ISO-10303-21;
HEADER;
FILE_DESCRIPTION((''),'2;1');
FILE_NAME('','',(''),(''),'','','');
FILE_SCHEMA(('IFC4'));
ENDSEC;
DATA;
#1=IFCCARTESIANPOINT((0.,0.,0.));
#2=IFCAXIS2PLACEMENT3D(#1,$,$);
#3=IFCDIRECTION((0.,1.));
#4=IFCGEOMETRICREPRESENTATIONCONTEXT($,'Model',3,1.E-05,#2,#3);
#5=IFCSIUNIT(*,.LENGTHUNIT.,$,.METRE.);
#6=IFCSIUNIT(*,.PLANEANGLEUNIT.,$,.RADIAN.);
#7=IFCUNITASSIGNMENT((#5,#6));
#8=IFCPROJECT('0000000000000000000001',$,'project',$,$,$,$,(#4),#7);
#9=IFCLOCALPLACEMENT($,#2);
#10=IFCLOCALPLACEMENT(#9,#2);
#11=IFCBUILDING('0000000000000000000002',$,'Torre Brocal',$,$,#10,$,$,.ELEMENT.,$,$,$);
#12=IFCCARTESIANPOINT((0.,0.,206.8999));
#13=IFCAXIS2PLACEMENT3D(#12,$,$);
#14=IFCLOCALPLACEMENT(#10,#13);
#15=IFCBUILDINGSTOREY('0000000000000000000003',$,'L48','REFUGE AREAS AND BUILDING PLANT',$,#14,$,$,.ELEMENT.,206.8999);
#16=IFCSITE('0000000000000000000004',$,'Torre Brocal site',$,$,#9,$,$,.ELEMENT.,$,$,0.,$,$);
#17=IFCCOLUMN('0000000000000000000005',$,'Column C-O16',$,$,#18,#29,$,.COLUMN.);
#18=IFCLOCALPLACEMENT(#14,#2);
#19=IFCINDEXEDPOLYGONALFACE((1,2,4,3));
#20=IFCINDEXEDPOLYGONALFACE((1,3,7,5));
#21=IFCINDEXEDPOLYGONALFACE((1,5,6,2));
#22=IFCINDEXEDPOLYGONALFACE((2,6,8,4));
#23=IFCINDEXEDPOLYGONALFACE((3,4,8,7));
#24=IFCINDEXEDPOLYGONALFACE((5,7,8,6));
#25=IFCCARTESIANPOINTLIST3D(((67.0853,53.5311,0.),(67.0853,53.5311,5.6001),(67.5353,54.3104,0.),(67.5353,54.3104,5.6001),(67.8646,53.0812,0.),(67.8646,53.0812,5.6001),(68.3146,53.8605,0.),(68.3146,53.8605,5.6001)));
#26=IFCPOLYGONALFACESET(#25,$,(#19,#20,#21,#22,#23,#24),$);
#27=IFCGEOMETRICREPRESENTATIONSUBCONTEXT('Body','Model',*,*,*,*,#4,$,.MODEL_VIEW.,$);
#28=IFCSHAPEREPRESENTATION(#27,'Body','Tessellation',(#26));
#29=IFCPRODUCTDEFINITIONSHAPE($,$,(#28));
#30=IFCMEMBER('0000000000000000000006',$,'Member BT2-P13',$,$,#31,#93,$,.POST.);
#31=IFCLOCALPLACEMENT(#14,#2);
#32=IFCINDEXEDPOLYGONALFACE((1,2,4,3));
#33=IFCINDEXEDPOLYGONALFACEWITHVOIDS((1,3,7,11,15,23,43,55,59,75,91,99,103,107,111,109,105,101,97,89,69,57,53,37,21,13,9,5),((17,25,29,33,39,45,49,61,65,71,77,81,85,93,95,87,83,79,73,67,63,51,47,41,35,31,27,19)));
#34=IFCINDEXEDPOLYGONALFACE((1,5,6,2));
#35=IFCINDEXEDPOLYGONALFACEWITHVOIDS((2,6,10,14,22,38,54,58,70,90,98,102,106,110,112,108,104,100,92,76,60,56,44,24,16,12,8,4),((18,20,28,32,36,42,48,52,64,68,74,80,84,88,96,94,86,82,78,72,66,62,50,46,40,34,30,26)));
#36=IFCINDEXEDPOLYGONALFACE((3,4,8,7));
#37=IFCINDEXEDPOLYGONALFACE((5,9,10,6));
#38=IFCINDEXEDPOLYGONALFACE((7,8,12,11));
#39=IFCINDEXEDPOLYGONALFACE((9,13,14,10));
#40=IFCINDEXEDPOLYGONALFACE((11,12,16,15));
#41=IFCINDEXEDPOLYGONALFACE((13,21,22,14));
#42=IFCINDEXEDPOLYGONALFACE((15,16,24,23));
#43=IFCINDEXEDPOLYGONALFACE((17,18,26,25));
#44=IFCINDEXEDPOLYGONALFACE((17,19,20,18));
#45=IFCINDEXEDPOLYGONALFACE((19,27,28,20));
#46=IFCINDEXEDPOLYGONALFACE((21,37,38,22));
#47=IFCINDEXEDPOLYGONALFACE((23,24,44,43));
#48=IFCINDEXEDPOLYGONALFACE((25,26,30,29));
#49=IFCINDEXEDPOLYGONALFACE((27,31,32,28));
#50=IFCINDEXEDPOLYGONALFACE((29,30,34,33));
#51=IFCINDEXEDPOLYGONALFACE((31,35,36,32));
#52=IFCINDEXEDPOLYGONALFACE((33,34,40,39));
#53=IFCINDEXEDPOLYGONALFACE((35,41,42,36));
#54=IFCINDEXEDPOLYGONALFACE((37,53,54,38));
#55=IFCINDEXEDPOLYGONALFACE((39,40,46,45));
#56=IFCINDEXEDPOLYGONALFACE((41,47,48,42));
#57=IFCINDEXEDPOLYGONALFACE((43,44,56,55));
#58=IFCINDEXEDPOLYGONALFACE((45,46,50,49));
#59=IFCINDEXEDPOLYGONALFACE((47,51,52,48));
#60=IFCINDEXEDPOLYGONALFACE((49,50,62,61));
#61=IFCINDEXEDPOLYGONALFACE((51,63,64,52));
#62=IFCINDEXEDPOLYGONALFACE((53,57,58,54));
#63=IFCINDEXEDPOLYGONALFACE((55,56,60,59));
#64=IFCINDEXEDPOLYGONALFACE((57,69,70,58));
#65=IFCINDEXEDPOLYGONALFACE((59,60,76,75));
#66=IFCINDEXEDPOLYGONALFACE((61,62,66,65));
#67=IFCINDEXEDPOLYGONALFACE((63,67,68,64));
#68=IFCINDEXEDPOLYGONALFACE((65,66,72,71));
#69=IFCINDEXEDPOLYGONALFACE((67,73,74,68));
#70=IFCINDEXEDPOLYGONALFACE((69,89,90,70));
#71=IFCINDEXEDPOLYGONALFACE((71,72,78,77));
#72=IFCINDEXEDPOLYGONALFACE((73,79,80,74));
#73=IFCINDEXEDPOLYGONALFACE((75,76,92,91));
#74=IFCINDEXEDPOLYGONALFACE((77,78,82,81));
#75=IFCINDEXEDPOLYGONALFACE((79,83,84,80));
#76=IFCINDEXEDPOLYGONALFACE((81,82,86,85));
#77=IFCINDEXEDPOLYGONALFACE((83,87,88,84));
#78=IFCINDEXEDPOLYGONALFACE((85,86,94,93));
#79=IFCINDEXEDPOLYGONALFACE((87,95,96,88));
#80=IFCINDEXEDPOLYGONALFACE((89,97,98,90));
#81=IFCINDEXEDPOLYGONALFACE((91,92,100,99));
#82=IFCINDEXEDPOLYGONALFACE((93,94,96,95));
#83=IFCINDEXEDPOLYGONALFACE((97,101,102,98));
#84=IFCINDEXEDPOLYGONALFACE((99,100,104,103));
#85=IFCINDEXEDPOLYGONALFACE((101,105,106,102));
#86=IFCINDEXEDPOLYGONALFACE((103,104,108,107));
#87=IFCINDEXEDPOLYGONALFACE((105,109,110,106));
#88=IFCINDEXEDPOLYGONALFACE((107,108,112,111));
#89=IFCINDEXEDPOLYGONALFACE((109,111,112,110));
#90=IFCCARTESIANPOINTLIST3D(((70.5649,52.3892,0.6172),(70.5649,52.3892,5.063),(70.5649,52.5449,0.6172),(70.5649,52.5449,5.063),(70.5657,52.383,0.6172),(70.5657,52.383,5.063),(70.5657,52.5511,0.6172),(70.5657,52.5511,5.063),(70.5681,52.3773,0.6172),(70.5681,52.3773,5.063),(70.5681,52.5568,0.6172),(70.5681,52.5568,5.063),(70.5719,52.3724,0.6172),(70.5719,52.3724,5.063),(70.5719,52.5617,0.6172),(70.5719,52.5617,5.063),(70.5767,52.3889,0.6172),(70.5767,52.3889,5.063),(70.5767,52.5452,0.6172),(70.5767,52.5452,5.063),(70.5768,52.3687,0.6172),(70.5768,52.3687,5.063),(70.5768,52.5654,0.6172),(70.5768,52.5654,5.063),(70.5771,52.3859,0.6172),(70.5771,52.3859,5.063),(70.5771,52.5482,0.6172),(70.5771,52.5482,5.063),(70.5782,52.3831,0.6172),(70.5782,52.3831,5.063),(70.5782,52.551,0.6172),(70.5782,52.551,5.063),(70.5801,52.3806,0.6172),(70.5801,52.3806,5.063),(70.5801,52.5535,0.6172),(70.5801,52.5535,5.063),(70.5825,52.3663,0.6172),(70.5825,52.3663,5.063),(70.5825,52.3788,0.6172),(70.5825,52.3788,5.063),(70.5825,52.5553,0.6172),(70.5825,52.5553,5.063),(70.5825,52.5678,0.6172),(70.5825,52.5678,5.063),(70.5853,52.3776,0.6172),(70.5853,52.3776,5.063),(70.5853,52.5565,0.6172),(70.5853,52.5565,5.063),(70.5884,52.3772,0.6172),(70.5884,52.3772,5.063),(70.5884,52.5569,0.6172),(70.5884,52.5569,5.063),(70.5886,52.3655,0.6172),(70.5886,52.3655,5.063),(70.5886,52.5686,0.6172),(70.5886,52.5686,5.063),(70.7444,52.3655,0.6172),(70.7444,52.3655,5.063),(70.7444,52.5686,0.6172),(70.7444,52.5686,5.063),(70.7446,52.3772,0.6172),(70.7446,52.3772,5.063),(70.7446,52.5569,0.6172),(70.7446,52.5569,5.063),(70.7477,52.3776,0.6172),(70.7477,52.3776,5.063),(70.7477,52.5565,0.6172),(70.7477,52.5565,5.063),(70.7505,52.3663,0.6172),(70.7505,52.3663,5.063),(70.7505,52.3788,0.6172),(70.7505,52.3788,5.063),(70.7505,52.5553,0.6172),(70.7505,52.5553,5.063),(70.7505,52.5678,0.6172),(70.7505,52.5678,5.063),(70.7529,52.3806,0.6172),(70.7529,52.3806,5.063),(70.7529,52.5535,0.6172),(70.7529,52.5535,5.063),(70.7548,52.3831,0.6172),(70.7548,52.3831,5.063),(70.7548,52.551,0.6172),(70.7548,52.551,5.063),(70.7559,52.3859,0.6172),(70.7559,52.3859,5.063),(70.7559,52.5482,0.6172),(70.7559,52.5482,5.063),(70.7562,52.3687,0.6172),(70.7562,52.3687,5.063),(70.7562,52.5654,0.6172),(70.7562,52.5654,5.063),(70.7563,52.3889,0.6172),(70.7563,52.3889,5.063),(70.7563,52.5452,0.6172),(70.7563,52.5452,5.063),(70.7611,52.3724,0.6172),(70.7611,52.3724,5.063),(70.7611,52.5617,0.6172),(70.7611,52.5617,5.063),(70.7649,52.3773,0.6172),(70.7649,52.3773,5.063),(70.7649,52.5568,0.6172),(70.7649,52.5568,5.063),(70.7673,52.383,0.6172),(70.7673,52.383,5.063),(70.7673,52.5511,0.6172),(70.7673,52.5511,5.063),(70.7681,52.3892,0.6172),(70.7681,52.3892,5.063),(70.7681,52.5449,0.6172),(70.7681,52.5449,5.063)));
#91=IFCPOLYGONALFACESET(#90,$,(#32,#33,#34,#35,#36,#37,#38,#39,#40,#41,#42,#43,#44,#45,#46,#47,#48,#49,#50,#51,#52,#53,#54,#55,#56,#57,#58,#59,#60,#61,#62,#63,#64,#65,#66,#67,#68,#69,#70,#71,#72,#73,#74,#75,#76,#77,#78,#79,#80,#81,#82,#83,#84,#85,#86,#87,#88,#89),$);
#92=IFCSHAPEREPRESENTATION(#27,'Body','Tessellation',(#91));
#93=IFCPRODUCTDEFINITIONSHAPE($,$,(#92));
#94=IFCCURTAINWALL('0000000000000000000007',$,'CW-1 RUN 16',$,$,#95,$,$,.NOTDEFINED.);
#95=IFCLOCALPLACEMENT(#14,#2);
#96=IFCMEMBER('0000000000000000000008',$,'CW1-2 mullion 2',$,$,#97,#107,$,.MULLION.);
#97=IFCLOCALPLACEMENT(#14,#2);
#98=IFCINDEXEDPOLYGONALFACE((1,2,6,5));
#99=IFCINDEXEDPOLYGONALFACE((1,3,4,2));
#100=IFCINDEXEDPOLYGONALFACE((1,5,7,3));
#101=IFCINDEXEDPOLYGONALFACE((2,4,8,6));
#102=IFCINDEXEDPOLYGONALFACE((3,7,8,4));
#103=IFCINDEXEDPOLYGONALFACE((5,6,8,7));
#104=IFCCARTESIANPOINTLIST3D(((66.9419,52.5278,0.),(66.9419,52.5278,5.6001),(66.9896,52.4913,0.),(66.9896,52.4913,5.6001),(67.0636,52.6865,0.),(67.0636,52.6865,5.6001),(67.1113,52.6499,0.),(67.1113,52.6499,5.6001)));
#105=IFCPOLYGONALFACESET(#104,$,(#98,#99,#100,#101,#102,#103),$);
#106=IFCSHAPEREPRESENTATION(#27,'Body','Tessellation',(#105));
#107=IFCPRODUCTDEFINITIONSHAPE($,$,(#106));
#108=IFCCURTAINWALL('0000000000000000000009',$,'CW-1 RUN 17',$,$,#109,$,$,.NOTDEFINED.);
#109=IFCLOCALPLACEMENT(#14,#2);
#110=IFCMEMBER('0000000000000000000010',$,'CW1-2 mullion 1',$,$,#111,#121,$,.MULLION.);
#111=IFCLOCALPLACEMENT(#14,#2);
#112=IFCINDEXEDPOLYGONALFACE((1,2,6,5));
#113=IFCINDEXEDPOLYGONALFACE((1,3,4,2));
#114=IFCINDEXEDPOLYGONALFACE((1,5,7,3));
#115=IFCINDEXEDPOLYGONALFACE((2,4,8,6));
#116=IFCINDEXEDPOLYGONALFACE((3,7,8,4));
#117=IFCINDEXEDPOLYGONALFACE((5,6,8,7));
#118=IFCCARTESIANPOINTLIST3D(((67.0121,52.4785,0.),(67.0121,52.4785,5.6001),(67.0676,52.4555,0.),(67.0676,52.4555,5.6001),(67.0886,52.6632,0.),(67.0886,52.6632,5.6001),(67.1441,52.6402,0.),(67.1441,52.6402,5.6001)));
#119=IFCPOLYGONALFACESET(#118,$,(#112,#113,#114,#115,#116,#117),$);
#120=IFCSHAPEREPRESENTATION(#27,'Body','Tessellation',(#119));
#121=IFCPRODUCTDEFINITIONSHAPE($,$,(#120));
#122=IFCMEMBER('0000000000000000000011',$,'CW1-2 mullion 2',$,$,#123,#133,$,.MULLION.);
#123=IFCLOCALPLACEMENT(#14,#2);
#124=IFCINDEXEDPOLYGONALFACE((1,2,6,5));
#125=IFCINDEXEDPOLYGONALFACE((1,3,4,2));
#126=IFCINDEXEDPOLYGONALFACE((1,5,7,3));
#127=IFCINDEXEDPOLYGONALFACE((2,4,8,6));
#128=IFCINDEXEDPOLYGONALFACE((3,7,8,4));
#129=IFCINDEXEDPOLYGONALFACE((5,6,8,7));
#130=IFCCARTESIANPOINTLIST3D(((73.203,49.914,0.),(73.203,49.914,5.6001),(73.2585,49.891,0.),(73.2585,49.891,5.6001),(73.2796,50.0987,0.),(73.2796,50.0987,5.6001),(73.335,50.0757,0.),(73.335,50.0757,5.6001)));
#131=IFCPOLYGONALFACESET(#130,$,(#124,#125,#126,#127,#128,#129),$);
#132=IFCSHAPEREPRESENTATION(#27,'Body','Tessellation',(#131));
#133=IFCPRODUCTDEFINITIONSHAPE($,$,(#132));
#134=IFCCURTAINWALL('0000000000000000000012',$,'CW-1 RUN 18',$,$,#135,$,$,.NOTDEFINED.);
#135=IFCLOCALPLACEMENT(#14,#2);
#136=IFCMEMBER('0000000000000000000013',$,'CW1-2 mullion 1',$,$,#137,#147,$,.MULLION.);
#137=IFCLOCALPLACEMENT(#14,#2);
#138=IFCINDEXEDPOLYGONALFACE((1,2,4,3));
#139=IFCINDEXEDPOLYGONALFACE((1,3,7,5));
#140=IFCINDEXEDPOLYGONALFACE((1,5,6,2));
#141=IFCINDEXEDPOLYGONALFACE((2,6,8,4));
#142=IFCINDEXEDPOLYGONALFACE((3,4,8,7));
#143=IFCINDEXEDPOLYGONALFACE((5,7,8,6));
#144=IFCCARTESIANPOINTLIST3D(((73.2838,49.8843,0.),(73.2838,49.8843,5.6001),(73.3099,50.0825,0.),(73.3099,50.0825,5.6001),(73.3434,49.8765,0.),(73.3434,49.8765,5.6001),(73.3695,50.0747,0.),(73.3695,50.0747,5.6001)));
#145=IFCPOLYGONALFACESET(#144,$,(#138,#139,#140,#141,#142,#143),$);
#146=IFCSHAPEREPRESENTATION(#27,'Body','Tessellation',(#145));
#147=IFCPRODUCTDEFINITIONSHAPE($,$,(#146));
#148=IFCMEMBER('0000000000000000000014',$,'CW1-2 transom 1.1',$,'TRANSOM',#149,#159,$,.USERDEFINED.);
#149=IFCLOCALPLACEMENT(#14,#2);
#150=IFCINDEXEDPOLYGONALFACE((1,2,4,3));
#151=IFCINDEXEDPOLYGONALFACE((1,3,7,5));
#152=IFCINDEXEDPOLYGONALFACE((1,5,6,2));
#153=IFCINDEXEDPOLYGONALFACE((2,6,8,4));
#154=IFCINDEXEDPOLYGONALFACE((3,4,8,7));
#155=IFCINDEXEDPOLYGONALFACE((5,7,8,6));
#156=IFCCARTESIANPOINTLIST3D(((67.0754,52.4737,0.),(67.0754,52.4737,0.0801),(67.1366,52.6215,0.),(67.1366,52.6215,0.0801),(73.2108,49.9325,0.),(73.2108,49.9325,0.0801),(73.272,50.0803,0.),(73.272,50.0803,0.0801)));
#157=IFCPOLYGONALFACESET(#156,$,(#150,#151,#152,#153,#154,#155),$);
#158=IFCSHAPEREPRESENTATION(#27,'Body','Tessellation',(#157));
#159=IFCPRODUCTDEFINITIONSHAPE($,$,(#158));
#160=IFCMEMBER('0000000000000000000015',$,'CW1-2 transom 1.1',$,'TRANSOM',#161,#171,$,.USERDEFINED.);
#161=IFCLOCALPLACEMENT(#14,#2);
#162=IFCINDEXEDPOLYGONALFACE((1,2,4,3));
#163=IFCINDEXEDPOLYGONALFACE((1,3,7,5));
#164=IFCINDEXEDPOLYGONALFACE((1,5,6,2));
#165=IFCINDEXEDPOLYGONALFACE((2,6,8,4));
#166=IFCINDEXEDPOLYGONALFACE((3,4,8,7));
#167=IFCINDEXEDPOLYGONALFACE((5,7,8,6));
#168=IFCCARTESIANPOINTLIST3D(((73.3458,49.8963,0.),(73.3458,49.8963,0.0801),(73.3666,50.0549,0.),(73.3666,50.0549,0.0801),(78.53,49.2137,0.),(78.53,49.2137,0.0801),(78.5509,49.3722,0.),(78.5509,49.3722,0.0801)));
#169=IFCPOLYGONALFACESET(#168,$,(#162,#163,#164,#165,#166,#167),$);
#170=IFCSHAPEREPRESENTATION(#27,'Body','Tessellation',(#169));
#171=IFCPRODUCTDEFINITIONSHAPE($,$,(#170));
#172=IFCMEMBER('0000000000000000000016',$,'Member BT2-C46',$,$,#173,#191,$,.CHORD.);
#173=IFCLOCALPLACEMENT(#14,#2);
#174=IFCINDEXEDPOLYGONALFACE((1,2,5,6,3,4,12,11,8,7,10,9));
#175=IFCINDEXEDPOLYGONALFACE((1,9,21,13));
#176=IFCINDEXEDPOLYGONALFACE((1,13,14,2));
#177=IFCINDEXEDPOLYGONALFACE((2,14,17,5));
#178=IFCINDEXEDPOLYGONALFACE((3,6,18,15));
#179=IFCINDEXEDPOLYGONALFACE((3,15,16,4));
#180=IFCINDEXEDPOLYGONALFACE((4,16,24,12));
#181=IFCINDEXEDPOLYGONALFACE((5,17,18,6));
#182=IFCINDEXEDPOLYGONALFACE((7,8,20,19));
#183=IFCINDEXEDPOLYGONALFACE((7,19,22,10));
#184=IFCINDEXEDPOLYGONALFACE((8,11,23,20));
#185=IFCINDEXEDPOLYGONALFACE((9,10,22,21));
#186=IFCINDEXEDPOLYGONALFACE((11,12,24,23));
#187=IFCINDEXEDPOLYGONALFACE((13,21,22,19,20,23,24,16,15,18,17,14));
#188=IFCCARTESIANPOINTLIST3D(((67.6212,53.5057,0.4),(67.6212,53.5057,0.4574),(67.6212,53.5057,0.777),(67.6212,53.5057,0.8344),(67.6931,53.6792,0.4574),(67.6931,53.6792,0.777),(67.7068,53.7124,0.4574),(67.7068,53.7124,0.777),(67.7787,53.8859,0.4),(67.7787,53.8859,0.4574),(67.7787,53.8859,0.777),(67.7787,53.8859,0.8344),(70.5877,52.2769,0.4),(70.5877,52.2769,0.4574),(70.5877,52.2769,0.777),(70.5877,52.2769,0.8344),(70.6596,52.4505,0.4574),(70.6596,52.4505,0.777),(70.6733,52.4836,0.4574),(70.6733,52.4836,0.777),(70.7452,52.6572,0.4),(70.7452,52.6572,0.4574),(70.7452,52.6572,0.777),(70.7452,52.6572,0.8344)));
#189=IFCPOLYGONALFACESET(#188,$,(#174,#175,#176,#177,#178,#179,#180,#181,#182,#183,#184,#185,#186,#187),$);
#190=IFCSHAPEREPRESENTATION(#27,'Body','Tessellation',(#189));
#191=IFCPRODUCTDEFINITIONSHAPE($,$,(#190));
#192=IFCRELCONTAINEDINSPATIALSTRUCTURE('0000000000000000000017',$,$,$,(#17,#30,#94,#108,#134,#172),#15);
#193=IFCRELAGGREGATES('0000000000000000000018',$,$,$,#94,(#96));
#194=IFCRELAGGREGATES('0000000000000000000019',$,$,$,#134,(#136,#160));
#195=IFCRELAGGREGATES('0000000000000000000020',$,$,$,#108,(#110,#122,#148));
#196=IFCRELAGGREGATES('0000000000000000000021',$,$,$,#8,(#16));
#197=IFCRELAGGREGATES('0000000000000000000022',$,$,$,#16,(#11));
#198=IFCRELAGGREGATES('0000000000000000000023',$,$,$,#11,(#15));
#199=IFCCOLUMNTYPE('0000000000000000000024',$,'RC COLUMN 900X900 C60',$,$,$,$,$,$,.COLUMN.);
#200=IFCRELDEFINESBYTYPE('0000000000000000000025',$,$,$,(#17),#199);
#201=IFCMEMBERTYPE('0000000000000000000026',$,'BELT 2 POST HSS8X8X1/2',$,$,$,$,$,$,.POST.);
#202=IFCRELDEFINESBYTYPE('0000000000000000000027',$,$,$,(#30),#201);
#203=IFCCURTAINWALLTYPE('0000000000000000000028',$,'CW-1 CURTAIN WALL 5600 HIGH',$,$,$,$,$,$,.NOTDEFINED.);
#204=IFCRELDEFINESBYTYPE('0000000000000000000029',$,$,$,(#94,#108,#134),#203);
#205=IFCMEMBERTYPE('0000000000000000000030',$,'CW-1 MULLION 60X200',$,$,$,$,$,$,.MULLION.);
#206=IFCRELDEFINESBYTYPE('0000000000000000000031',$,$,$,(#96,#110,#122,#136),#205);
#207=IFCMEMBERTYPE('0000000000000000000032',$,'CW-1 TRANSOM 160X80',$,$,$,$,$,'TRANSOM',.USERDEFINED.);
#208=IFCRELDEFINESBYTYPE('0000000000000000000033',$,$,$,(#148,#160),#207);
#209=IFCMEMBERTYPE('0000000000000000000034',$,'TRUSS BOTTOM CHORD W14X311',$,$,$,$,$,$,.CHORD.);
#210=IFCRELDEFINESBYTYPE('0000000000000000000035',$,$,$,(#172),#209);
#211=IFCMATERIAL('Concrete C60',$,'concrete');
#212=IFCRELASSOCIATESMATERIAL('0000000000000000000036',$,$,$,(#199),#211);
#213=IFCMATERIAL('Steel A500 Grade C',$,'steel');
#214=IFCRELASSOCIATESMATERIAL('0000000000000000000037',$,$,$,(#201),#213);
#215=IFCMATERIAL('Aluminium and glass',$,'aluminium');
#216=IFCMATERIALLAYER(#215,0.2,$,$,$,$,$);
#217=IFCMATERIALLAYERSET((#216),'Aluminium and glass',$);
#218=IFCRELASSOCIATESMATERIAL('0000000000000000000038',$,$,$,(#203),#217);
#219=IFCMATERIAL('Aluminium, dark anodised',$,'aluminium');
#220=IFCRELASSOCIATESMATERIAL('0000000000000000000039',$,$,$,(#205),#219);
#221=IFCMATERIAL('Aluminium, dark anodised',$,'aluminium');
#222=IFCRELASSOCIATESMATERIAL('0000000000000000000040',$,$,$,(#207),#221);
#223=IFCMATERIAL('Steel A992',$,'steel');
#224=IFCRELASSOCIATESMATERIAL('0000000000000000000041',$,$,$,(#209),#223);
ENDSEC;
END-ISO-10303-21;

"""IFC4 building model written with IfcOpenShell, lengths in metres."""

from ifc_helpers import new_model, si_unit, direction, frame, origin, origin_2d, place, context, subcontext, project, spatial, rectangle, hollow_rectangle, i_section, extrude, material, layer, layer_set, material_profile, profile_set, type_object, element, aggregate, save


model = new_model("IFC4")

# Units and contexts
model_context = context("Model", 3, precision=1e-05, world=origin(), true_north=direction((0.0, 1.0)))
body_context = subcontext(model_context, "Body", "Model", "MODEL_VIEW")
ifc_project = project(units=[si_unit("LENGTHUNIT", "METRE"), si_unit("PLANEANGLEUNIT", "RADIAN")], contexts=[model_context])

# Site, building, storey
site_placement = place(None, origin())
site = spatial("IfcSite", under=ifc_project, at=site_placement, Name="Torre Brocal site", CompositionType="ELEMENT", RefElevation=0.0)
building_placement = place(site_placement, origin())
building = spatial("IfcBuilding", under=site, at=building_placement, Name="Torre Brocal", CompositionType="ELEMENT")
storey_placement = place(building_placement, frame((0.0, 0.0, 206.8999)))
storey = spatial("IfcBuildingStorey", under=building, at=storey_placement, Name="L48", Description="REFUGE AREAS AND BUILDING PLANT", CompositionType="ELEMENT", Elevation=206.8999)

# Column
ifc_material_1 = material(Name="Concrete C60", Category="concrete")
ifc_material_profile_1 = material_profile(ifc_material_1, rectangle(XDim=0.8999, YDim=0.8999, at=origin_2d()), Name="RC 900X900")
ifc_profile_set_1 = profile_set([ifc_material_profile_1], Name="Concrete C60")
column_type = type_object("IfcColumnType", Name="RC COLUMN 900X900 C60", PredefinedType="COLUMN", material=ifc_profile_set_1)
column_placement = place(storey_placement, frame((67.7, 53.6958, 0.0), z_axis=(0.0, 0.0, 1.0), x_axis=(-0.5, -0.866025, 0.0)))
element("IfcColumn", 1, at=column_placement, inside=storey, type_object=column_type, Name="Column C-O16", PredefinedType="COLUMN", context=body_context, shape_type="SweptSolid", body=[
    extrude(rectangle(XDim=0.8999, YDim=0.8999, at=origin_2d()), origin(), (0.0, 0.0, 1.0), 5.6001),
])

# Member
ifc_material_2 = material(Name="Steel A500 Grade C", Category="steel")
ifc_material_profile_2 = material_profile(ifc_material_2, hollow_rectangle(XDim=0.2031, YDim=0.2031, WallThickness=0.0117, InnerFilletRadius=0.0117, OuterFilletRadius=0.0237, at=origin_2d()), Name="HSS8X8X1/2")
ifc_profile_set_2 = profile_set([ifc_material_profile_2], Name="Steel A500 Grade C")
member_type_1 = type_object("IfcMemberType", Name="BELT 2 POST HSS8X8X1/2", PredefinedType="POST", material=ifc_profile_set_2)
member_1_placement = place(storey_placement, frame((70.6665, 52.467, 0.6172), z_axis=(0.0, 0.0, 1.0), x_axis=(1.0, 0.0, 0.0)))
element("IfcMember", 2, at=member_1_placement, inside=storey, type_object=member_type_1, Name="Member BT2-P13", PredefinedType="POST", context=body_context, shape_type="SweptSolid", body=[
    extrude(hollow_rectangle(XDim=0.2031, YDim=0.2031, WallThickness=0.0117, InnerFilletRadius=0.0117, OuterFilletRadius=0.0237, at=origin_2d()), origin(), (0.0, 0.0, 1.0), 4.4458),
])

# Curtain wall, member
ifc_material_3 = material(Name="Aluminium and glass", Category="aluminium")
ifc_layer_1 = layer(ifc_material_3, 0.2)
ifc_layer_set_1 = layer_set([ifc_layer_1], Name="Aluminium and glass")
curtain_wall_type = type_object("IfcCurtainWallType", Name="CW-1 CURTAIN WALL 5600 HIGH", PredefinedType="NOTDEFINED", material=ifc_layer_set_1)
curtain_wall_1_placement = place(storey_placement, origin())
curtain_wall_1 = element("IfcCurtainWall", 3, at=curtain_wall_1_placement, inside=storey, type_object=curtain_wall_type, Name="CW-1 RUN 16", PredefinedType="NOTDEFINED")
ifc_material_4 = material(Name="Aluminium, dark anodised", Category="aluminium")
ifc_material_profile_3 = material_profile(ifc_material_4, rectangle(XDim=0.2, YDim=0.0601, at=origin_2d()), Name="CW-1 MULLION 60X200")
ifc_profile_set_3 = profile_set([ifc_material_profile_3], Name="Aluminium, dark anodised")
member_type_2 = type_object("IfcMemberType", Name="CW-1 MULLION 60X200", PredefinedType="MULLION", material=ifc_profile_set_3)
member_2_placement = place(storey_placement, frame((67.0266, 52.5889, 0.0), z_axis=(0.0, 0.0, 1.0), x_axis=(0.608761, 0.793353, 0.0)))
member_2 = element("IfcMember", 4, at=member_2_placement, type_object=member_type_2, Name="CW1-2 mullion 2", PredefinedType="MULLION", context=body_context, shape_type="SweptSolid", body=[
    extrude(rectangle(XDim=0.2, YDim=0.0601, at=origin_2d()), origin(), (0.0, 0.0, 1.0), 5.6001),
])
aggregate(curtain_wall_1, [member_2])

# Curtain wall, members
curtain_wall_2_placement = place(storey_placement, origin())
curtain_wall_2 = element("IfcCurtainWall", 5, at=curtain_wall_2_placement, inside=storey, type_object=curtain_wall_type, Name="CW-1 RUN 17", PredefinedType="NOTDEFINED")
member_3_placement = place(storey_placement, frame((67.0781, 52.5593, 0.0), z_axis=(0.0, 0.0, 1.0), x_axis=(0.382683, 0.92388, 0.0)))
member_3 = element("IfcMember", 6, at=member_3_placement, type_object=member_type_2, Name="CW1-2 mullion 1", PredefinedType="MULLION", context=body_context, shape_type="SweptSolid", body=[
    extrude(rectangle(XDim=0.2, YDim=0.0601, at=origin_2d()), origin(), (0.0, 0.0, 1.0), 5.6001),
])
member_4_placement = place(storey_placement, frame((73.269, 49.9949, 0.0), z_axis=(0.0, 0.0, 1.0), x_axis=(0.382683, 0.92388, 0.0)))
member_4 = element("IfcMember", 7, at=member_4_placement, type_object=member_type_2, Name="CW1-2 mullion 2", PredefinedType="MULLION", context=body_context, shape_type="SweptSolid", body=[
    extrude(rectangle(XDim=0.2, YDim=0.0601, at=origin_2d()), origin(), (0.0, 0.0, 1.0), 5.6001),
])

# Curtain wall, member
curtain_wall_3_placement = place(storey_placement, origin())
curtain_wall_3 = element("IfcCurtainWall", 8, at=curtain_wall_3_placement, inside=storey, type_object=curtain_wall_type, Name="CW-1 RUN 18", PredefinedType="NOTDEFINED")
member_5_placement = place(storey_placement, frame((73.3267, 49.9795, 0.0), z_axis=(0.0, 0.0, 1.0), x_axis=(0.130526, 0.991445, 0.0)))
member_5 = element("IfcMember", 9, at=member_5_placement, type_object=member_type_2, Name="CW1-2 mullion 1", PredefinedType="MULLION", context=body_context, shape_type="SweptSolid", body=[
    extrude(rectangle(XDim=0.2, YDim=0.0601, at=origin_2d()), origin(), (0.0, 0.0, 1.0), 5.6001),
])

# Members
ifc_material_5 = material(Name="Aluminium, dark anodised", Category="aluminium")
ifc_material_profile_4 = material_profile(ifc_material_5, rectangle(XDim=0.1599, YDim=0.0801, at=origin_2d()), Name="CW-1 TRANSOM 160X80")
ifc_profile_set_4 = profile_set([ifc_material_profile_4], Name="Aluminium, dark anodised")
member_type_3 = type_object("IfcMemberType", Name="CW-1 TRANSOM 160X80", ElementType="TRANSOM", PredefinedType="USERDEFINED", material=ifc_profile_set_4)
member_6_placement = place(storey_placement, frame((67.106, 52.5476, 0.04), z_axis=(0.923887, -0.382665, 0.0), x_axis=(0.382665, 0.923887, 0.0)))
member_6 = element("IfcMember", 10, at=member_6_placement, type_object=member_type_3, Name="CW1-2 transom 1.1", ObjectType="TRANSOM", PredefinedType="USERDEFINED", context=body_context, shape_type="SweptSolid", body=[
    extrude(rectangle(XDim=0.1599, YDim=0.0801, at=origin_2d()), origin(), (0.0, 0.0, 1.0), 6.6409),
])
member_7_placement = place(storey_placement, frame((73.3562, 49.9756, 0.04), z_axis=(0.991443, -0.130543, 0.0), x_axis=(0.130543, 0.991443, 0.0)))
member_7 = element("IfcMember", 11, at=member_7_placement, type_object=member_type_3, Name="CW1-2 transom 1.1", ObjectType="TRANSOM", PredefinedType="USERDEFINED", context=body_context, shape_type="SweptSolid", body=[
    extrude(rectangle(XDim=0.1599, YDim=0.0801, at=origin_2d()), origin(), (0.0, 0.0, 1.0), 5.229),
])
aggregate(curtain_wall_3, [member_5, member_7])

# Member
ifc_material_6 = material(Name="Steel A992", Category="steel")
ifc_material_profile_5 = material_profile(ifc_material_6, i_section(OverallWidth=0.4116, OverallDepth=0.4343, WebThickness=0.0359, FlangeThickness=0.0574, at=origin_2d()), Name="W14X311")
ifc_profile_set_5 = profile_set([ifc_material_profile_5], Name="Steel A992")
member_type_4 = type_object("IfcMemberType", Name="TRUSS BOTTOM CHORD W14X311", PredefinedType="CHORD", material=ifc_profile_set_5)
for number, where, z_axis, x_axis, name in (
    (12, (67.7, 53.6958, 0.6172), (0.923882, -0.382676, 0.0), (0.382676, 0.923882, 0.0), "Member BT2-C46"),
):
    element("IfcMember", number, at=place(storey_placement, frame(where, z_axis=z_axis, x_axis=x_axis)), inside=storey, type_object=member_type_4, Name=name, PredefinedType="CHORD", context=body_context, shape_type="SweptSolid", body=[
        extrude(i_section(OverallWidth=0.4116, OverallDepth=0.4343, WebThickness=0.0359, FlangeThickness=0.0574, at=origin_2d()), origin(), (0.0, 0.0, 1.0), 3.2109),
    ])

aggregate(curtain_wall_2, [member_3, member_4, member_6])

save(model, "model.ifc")
